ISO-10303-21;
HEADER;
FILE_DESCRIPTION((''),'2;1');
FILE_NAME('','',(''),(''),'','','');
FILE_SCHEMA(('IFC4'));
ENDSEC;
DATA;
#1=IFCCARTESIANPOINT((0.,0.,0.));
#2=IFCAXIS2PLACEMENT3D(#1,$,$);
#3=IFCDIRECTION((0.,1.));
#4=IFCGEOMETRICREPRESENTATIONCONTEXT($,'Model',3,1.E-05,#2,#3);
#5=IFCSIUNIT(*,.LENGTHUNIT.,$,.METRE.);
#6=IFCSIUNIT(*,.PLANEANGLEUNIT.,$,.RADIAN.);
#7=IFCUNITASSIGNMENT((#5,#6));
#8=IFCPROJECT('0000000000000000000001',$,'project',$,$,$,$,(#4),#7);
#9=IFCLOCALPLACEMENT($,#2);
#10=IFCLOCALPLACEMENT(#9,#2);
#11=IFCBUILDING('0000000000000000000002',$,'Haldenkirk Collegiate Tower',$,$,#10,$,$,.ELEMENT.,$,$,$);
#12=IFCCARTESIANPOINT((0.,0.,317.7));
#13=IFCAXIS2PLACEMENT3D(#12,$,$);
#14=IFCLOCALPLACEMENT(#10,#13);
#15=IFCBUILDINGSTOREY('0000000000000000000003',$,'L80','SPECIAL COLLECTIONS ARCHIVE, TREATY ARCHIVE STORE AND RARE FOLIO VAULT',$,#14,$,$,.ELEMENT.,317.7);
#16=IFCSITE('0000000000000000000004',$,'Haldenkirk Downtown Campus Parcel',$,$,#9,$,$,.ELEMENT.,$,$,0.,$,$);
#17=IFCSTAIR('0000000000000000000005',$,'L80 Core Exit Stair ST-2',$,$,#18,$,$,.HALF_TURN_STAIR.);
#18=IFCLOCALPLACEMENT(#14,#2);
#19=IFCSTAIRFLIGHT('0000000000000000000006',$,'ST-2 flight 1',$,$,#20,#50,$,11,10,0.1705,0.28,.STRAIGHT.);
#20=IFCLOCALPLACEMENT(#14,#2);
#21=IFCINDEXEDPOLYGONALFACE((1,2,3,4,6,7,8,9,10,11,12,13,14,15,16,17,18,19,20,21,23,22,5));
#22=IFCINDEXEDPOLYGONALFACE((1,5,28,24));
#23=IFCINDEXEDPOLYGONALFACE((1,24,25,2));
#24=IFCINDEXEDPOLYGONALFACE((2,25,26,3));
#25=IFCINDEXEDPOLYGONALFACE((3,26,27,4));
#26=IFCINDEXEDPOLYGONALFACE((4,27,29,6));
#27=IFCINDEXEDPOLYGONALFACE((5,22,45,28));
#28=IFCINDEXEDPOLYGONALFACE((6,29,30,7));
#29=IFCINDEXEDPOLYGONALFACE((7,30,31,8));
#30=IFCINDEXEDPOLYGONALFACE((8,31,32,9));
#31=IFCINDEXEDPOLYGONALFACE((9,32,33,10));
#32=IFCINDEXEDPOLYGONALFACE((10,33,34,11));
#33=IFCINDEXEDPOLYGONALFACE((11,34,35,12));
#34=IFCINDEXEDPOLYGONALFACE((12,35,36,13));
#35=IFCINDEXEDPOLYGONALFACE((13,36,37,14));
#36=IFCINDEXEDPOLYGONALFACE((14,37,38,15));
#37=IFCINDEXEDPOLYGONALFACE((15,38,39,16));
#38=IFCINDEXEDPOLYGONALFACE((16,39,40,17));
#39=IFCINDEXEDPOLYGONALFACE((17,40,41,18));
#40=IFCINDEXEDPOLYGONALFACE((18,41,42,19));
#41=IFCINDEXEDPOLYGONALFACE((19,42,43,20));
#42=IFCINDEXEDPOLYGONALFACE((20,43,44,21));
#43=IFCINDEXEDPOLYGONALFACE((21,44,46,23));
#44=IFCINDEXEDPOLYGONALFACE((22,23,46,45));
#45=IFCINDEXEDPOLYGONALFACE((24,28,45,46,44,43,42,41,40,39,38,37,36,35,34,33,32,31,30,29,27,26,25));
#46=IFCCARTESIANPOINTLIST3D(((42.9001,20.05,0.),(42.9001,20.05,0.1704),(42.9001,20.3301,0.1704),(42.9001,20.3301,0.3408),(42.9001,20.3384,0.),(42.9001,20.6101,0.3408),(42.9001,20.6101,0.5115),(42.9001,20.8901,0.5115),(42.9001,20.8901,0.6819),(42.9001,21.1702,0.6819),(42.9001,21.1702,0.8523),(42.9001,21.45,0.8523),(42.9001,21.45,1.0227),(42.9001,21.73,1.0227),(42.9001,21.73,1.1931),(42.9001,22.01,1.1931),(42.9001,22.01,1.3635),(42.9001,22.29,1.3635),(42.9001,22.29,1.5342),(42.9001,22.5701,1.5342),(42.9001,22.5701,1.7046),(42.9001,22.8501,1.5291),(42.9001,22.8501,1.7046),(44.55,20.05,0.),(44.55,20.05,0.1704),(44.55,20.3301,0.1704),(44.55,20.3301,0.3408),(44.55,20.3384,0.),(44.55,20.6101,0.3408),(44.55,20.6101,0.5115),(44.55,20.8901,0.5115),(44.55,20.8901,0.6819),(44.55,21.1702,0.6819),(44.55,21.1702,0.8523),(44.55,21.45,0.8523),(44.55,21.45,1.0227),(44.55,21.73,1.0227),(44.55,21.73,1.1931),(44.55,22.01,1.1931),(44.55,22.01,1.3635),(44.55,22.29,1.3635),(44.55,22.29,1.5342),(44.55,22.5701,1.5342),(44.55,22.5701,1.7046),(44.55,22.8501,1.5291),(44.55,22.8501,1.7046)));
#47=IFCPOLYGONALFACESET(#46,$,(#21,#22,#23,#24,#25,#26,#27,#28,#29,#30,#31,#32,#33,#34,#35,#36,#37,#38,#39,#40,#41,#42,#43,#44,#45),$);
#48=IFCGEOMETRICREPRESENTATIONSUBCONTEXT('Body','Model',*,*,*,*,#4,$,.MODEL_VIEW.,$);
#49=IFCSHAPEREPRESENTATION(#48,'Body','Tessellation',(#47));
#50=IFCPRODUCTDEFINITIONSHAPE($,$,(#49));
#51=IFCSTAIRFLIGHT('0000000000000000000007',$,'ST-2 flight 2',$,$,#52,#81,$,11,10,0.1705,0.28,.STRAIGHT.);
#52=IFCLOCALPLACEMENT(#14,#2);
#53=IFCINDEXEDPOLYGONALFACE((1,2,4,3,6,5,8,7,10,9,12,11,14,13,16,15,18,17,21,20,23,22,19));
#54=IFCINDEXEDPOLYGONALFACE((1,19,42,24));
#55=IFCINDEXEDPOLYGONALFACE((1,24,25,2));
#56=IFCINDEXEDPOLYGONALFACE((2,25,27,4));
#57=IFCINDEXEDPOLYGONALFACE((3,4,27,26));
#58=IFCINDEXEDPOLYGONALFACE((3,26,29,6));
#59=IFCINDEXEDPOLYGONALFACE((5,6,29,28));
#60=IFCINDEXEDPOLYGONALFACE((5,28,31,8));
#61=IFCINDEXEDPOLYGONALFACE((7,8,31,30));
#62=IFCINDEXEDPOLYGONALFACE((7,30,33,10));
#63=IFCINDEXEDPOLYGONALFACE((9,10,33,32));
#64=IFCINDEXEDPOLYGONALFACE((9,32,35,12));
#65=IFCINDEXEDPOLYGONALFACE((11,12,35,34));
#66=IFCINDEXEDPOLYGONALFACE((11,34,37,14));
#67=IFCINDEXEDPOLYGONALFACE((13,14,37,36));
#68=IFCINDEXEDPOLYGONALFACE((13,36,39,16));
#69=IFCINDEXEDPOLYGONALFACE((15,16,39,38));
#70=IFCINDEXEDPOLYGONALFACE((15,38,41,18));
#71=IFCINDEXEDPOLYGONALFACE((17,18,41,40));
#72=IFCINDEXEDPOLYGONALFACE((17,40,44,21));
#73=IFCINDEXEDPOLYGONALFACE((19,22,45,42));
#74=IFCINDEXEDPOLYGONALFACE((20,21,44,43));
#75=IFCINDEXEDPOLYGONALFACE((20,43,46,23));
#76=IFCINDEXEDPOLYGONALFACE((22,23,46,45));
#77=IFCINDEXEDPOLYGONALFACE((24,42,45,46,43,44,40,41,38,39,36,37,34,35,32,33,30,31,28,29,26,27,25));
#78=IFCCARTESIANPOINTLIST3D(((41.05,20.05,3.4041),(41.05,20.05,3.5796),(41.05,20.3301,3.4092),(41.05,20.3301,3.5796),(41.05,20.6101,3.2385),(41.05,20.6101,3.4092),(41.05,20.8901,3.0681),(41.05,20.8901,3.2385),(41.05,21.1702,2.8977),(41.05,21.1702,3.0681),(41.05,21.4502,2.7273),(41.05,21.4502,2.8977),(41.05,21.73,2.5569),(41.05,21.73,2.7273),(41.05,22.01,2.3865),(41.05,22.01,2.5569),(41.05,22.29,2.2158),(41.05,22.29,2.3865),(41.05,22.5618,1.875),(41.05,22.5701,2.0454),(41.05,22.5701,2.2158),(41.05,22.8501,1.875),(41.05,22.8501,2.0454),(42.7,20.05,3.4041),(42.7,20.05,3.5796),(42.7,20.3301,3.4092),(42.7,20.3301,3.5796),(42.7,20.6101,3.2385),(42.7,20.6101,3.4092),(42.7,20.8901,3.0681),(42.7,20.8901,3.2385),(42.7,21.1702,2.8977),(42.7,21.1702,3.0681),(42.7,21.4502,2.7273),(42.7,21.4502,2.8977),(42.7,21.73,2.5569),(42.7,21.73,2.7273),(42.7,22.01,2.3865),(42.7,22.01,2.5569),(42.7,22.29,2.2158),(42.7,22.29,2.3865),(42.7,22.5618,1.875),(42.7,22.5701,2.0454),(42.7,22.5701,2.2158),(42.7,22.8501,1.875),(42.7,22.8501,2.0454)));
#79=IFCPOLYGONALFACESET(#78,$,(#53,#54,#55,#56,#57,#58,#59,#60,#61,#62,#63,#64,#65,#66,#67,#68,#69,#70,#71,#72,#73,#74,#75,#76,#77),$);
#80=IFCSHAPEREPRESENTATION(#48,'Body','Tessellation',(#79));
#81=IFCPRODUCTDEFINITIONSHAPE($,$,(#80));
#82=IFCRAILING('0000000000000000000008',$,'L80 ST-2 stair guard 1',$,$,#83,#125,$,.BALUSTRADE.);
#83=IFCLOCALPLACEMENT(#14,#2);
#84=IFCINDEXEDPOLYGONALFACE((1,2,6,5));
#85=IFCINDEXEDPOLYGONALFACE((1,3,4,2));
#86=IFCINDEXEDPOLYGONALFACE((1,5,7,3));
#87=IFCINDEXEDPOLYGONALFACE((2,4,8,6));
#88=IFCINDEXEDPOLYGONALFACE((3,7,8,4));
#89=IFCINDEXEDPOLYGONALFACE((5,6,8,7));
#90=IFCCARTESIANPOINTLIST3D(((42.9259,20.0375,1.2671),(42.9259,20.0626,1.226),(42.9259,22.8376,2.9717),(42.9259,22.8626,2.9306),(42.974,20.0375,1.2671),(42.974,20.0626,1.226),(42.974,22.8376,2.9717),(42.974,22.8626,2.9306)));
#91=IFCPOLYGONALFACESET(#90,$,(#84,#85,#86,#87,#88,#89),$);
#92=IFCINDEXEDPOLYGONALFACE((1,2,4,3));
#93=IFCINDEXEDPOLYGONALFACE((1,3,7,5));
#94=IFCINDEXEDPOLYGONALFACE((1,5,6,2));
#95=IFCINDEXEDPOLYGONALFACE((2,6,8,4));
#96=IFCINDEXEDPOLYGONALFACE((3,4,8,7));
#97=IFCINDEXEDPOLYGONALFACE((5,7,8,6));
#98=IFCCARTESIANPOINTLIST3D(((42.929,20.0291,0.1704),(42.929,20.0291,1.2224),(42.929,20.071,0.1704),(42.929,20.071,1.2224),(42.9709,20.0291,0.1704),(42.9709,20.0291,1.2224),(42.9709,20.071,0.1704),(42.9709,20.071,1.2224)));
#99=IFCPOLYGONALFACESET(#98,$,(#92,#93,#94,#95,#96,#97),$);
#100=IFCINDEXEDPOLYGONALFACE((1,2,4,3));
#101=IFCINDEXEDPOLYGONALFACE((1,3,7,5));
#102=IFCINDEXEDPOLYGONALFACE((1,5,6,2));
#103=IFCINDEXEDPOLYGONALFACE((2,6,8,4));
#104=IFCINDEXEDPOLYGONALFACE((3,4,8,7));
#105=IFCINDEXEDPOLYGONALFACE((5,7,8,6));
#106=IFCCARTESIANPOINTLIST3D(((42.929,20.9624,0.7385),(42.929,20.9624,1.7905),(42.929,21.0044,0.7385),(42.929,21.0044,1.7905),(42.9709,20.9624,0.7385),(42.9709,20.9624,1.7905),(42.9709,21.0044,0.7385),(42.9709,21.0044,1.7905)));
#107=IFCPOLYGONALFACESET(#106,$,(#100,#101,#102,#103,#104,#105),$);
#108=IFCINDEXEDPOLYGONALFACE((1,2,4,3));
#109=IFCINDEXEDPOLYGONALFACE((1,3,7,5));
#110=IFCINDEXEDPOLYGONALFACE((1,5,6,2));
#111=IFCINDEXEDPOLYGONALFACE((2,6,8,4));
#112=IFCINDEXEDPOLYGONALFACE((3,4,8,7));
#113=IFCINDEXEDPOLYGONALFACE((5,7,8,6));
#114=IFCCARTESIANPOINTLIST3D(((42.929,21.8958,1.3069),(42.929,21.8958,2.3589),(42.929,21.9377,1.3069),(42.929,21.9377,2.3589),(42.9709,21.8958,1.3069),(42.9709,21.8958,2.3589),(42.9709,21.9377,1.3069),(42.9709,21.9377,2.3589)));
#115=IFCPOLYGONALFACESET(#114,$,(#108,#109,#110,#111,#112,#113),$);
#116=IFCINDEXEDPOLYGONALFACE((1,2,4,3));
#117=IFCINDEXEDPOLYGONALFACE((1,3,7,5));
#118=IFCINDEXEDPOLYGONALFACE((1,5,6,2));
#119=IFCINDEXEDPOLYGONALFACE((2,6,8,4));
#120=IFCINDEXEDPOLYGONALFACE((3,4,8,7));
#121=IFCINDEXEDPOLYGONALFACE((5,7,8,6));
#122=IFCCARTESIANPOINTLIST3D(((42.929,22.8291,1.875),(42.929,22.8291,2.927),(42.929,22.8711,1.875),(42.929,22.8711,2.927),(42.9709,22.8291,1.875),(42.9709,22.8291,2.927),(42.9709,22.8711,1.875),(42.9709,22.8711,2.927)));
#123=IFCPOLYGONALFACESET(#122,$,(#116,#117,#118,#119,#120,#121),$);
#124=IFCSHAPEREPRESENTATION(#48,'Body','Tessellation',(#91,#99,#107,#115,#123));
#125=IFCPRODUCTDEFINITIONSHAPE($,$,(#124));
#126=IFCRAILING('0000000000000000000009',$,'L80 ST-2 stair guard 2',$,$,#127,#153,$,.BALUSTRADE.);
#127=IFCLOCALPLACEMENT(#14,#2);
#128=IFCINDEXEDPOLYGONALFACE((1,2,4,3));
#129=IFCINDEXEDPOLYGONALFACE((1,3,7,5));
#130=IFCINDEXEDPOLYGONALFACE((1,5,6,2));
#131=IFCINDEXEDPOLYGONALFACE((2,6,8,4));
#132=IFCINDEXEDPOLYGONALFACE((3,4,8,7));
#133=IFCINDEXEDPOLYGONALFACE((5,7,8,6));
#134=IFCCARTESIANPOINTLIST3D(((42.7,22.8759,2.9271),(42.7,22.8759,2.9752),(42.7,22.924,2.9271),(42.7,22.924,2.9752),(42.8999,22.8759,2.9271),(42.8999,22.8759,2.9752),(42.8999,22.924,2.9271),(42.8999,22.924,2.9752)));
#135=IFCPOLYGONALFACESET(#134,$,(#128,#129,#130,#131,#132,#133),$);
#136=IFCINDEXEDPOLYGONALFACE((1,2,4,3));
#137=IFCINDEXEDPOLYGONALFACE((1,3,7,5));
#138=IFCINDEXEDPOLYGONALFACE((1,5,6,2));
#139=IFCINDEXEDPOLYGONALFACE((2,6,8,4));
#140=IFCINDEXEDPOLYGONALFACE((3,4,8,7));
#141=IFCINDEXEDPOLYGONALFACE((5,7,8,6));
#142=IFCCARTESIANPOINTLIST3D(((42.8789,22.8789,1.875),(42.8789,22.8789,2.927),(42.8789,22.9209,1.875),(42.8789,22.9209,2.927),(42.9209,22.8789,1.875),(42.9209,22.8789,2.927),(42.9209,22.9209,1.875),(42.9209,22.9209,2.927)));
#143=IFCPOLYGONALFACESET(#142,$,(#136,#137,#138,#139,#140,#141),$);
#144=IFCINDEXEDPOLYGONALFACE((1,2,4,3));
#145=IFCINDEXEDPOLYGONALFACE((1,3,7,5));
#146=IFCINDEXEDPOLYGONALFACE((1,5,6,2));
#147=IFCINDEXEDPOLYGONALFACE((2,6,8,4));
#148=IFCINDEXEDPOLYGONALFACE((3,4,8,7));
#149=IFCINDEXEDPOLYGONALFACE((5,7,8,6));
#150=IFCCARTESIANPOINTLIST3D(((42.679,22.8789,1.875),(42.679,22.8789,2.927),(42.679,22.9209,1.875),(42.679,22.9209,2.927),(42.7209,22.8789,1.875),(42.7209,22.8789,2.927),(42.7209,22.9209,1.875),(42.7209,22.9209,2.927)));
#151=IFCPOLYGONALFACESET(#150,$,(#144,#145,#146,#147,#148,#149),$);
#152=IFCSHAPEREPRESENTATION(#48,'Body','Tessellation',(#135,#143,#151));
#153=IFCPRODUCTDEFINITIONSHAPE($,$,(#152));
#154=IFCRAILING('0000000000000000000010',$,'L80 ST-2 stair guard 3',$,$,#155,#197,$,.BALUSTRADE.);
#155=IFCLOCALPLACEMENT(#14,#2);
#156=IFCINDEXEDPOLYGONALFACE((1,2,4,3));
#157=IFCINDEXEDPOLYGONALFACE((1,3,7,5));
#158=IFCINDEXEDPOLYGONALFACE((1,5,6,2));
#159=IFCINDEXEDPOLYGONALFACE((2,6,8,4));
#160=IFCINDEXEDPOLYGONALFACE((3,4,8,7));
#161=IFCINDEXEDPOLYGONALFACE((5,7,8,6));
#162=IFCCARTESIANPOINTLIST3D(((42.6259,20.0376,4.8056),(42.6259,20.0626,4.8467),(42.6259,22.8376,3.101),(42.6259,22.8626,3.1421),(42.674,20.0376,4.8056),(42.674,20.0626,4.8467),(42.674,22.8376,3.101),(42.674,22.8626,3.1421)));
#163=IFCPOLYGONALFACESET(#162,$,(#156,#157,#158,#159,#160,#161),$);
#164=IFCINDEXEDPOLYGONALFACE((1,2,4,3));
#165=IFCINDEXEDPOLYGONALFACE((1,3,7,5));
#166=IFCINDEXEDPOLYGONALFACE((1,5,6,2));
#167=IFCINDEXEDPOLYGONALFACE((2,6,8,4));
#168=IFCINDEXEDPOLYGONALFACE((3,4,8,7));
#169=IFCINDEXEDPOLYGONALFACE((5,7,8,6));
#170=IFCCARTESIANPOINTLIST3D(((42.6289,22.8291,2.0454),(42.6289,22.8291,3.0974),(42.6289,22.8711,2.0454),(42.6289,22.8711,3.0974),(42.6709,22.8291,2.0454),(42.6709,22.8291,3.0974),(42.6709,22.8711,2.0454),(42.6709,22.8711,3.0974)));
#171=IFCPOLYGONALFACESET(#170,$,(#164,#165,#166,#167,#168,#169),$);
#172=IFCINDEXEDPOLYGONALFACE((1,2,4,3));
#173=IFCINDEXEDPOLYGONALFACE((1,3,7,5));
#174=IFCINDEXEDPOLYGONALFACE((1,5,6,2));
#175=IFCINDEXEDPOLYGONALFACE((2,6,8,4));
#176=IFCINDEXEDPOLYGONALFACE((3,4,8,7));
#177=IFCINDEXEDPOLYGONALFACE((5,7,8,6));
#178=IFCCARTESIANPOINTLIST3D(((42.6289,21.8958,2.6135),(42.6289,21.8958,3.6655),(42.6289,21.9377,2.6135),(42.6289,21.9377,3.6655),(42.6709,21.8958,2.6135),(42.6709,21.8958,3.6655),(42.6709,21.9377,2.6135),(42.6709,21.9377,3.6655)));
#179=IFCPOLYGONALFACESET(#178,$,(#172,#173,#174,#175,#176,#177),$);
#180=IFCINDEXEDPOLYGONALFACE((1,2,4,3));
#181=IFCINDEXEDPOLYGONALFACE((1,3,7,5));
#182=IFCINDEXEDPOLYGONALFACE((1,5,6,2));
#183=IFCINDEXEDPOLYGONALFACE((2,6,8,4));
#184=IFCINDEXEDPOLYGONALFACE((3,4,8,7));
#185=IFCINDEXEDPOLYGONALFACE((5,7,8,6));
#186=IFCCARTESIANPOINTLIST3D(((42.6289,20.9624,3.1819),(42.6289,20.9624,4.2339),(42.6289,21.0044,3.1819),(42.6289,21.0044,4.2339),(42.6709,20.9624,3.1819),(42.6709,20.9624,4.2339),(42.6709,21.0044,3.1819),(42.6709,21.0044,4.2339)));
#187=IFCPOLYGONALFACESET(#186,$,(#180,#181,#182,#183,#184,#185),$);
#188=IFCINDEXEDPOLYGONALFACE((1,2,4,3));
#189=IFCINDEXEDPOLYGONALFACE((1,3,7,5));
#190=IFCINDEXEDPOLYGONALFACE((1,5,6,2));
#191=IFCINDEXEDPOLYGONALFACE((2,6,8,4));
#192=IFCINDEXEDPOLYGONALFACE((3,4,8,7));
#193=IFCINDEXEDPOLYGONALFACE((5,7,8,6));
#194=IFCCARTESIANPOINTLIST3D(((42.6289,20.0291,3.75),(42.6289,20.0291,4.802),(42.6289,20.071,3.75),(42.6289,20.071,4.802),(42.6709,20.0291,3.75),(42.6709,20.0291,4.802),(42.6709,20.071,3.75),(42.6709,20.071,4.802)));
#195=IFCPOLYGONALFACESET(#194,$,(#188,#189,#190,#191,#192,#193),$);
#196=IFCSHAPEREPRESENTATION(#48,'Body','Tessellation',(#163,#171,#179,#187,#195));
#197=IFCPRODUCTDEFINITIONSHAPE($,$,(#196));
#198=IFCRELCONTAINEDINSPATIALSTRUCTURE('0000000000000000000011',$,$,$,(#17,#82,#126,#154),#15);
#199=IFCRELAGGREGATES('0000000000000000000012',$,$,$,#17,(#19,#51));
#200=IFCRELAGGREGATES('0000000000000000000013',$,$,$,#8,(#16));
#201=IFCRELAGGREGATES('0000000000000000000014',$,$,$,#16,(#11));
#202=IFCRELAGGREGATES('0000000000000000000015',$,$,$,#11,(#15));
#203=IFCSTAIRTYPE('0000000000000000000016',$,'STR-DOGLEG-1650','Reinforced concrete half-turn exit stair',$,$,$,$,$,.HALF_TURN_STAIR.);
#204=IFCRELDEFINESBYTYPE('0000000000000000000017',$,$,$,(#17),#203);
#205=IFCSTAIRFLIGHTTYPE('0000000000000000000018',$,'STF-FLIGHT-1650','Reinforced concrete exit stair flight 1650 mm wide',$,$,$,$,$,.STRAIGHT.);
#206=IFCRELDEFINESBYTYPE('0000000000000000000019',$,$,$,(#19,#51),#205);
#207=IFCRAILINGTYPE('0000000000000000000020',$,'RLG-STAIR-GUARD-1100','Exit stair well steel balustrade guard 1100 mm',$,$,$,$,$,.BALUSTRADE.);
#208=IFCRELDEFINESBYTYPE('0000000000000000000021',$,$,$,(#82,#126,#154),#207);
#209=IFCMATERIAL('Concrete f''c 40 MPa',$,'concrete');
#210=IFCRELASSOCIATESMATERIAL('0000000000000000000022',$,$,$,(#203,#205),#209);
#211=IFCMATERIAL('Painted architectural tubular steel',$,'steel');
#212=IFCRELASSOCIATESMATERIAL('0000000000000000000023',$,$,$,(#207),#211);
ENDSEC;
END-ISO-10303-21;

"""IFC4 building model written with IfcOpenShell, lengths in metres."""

from ifc_helpers import new_model, si_unit, direction, frame, origin, origin_2d, place, context, subcontext, project, spatial, polyline, rectangle, outline, extrude, material, type_object, element, aggregate, save


model = new_model("IFC4")

# Units and contexts
model_context = context("Model", 3, precision=1e-05, world=origin(), true_north=direction((0.0, 1.0)))
body_context = subcontext(model_context, "Body", "Model", "MODEL_VIEW")
ifc_project = project(units=[si_unit("LENGTHUNIT", "METRE"), si_unit("PLANEANGLEUNIT", "RADIAN")], contexts=[model_context])

# Site, building, storey
site_placement = place(None, origin())
site = spatial("IfcSite", under=ifc_project, at=site_placement, Name="Haldenkirk Downtown Campus Parcel", CompositionType="ELEMENT", RefElevation=0.0)
building_placement = place(site_placement, origin())
building = spatial("IfcBuilding", under=site, at=building_placement, Name="Haldenkirk Collegiate Tower", CompositionType="ELEMENT")
storey_placement = place(building_placement, frame((0.0, 0.0, 317.7)))
storey = spatial("IfcBuildingStorey", under=building, at=storey_placement, Name="L80", Description="SPECIAL COLLECTIONS ARCHIVE, TREATY ARCHIVE STORE AND RARE FOLIO VAULT", CompositionType="ELEMENT", Elevation=317.7)

# Stair, stair flights
ifc_material_1 = material(Name="Concrete f'c 40 MPa", Category="concrete")
stair_type = type_object("IfcStairType", Name="STR-DOGLEG-1650", Description="Reinforced concrete half-turn exit stair", PredefinedType="HALF_TURN_STAIR", material=ifc_material_1)
stair_placement = place(storey_placement, origin())
stair = element("IfcStair", 1, at=stair_placement, inside=storey, type_object=stair_type, Name="L80 Core Exit Stair ST-2", PredefinedType="HALF_TURN_STAIR")
stair_flight_type = type_object("IfcStairFlightType", Name="STF-FLIGHT-1650", Description="Reinforced concrete exit stair flight 1650 mm wide", PredefinedType="STRAIGHT", material=ifc_material_1)
stair_flight_1_placement = place(storey_placement, frame((43.7251, 20.05, 0.0), z_axis=(0.0, 0.0, 1.0), x_axis=(0.0, 1.0, 0.0)))
stair_flight_1 = element("IfcStairFlight", 2, at=stair_flight_1_placement, type_object=stair_flight_type, Name="ST-2 flight 1", NumberOfRisers=11, NumberOfTreads=10, PredefinedType="STRAIGHT", RiserHeight=0.1705, TreadLength=0.28, context=body_context, shape_type="SweptSolid", body=[
    extrude(outline(polyline([(0.0, 0.0), (0.0, 0.1704), (0.28, 0.1704), (0.28, 0.3408), (0.5601, 0.3408), (0.5601, 0.5115), (0.8401, 0.5115), (0.8401, 0.6819), (1.1201, 0.6819), (1.1201, 0.8523), (1.3999, 0.8523), (1.3999, 1.0227), (1.6799, 1.0227), (1.6799, 1.1931), (1.96, 1.1931), (1.96, 1.3635), (2.24, 1.3635), (2.24, 1.5342), (2.52, 1.5342), (2.52, 1.7046), (2.8, 1.7046), (2.8, 1.875), (2.8, 1.5291), (0.2883, 0.0), (0.0, 0.0)])), frame((0.0, 0.825, 0.0), z_axis=(0.0, -1.0, 0.0), x_axis=(1.0, 0.0, 0.0)), (0.0, 0.0, 1.0), 1.6499),
])
stair_flight_2_placement = place(storey_placement, frame((41.875, 22.8501, 1.875), z_axis=(0.0, 0.0, 1.0), x_axis=(0.0, -1.0, 0.0)))
stair_flight_2 = element("IfcStairFlight", 3, at=stair_flight_2_placement, type_object=stair_flight_type, Name="ST-2 flight 2", NumberOfRisers=11, NumberOfTreads=10, PredefinedType="STRAIGHT", RiserHeight=0.1705, TreadLength=0.28, context=body_context, shape_type="SweptSolid", body=[
    extrude(outline(polyline([(0.0, 0.0), (0.0, 0.1704), (0.28, 0.1704), (0.28, 0.3408), (0.5601, 0.3408), (0.5601, 0.5115), (0.8401, 0.5115), (0.8401, 0.6819), (1.1201, 0.6819), (1.1201, 0.8523), (1.3999, 0.8523), (1.3999, 1.0227), (1.6799, 1.0227), (1.6799, 1.1931), (1.96, 1.1931), (1.96, 1.3635), (2.24, 1.3635), (2.24, 1.5342), (2.52, 1.5342), (2.52, 1.7046), (2.8, 1.7046), (2.8, 1.875), (2.8, 1.5291), (0.2883, 0.0), (0.0, 0.0)])), frame((0.0, 0.825, 0.0), z_axis=(0.0, -1.0, 0.0), x_axis=(1.0, 0.0, 0.0)), (0.0, 0.0, 1.0), 1.6499),
])
aggregate(stair, [stair_flight_1, stair_flight_2])

# Railings
ifc_material_2 = material(Name="Painted architectural tubular steel", Category="steel")
railing_type_1 = type_object("IfcRailingType", Name="RLG-STAIR-GUARD-1100", Description="Exit stair well steel balustrade guard 1100 mm", PredefinedType="BALUSTRADE", material=ifc_material_2)
railing_1_placement = place(storey_placement, frame((42.95, 20.05, 0.1704)))
element("IfcRailing", 4, at=railing_1_placement, inside=storey, type_object=railing_type_1, Name="L80 ST-2 stair guard 1", PredefinedType="BALUSTRADE", context=body_context, shape_type="SweptSolid", body=[
    extrude(rectangle(XDim=0.0481, YDim=0.0481, at=origin_2d()), frame((0.0, 0.0, 1.0762), z_axis=(0.0, 0.85417, 0.519994), x_axis=(-1.0, 0.0, 0.0)), (0.0, 0.0, 1.0), 3.2781),
    extrude(rectangle(XDim=0.042, YDim=0.042, at=origin_2d()), origin(), (0.0, 0.0, 1.0), 1.052),
    extrude(rectangle(XDim=0.042, YDim=0.042, at=origin_2d()), frame((0.0, 0.9333, 0.5681)), (0.0, 0.0, 1.0), 1.052),
    extrude(rectangle(XDim=0.042, YDim=0.042, at=origin_2d()), frame((0.0, 1.8667, 1.1365)), (0.0, 0.0, 1.0), 1.052),
    extrude(rectangle(XDim=0.042, YDim=0.042, at=origin_2d()), frame((0.0, 2.8, 1.7046)), (0.0, 0.0, 1.0), 1.052),
])
railing_2_placement = place(storey_placement, frame((42.8999, 22.8999, 1.875)))
element("IfcRailing", 5, at=railing_2_placement, inside=storey, type_object=railing_type_1, Name="L80 ST-2 stair guard 2", PredefinedType="BALUSTRADE", context=body_context, shape_type="SweptSolid", body=[
    extrude(rectangle(XDim=0.0481, YDim=0.0481, at=origin_2d()), frame((0.0, 0.0, 1.0762), z_axis=(-1.0, 0.0, 0.0), x_axis=(0.0, -1.0, 0.0)), (0.0, 0.0, 1.0), 0.2),
    extrude(rectangle(XDim=0.042, YDim=0.042, at=origin_2d()), origin(), (0.0, 0.0, 1.0), 1.052),
    extrude(rectangle(XDim=0.042, YDim=0.042, at=origin_2d()), frame((-0.2, 0.0, 0.0)), (0.0, 0.0, 1.0), 1.052),
])
railing_3_placement = place(storey_placement, frame((42.6499, 22.8501, 2.0454)))
element("IfcRailing", 6, at=railing_3_placement, inside=storey, type_object=railing_type_1, Name="L80 ST-2 stair guard 3", PredefinedType="BALUSTRADE", context=body_context, shape_type="SweptSolid", body=[
    extrude(rectangle(XDim=0.0481, YDim=0.0481, at=origin_2d()), frame((0.0, 0.0, 1.0762), z_axis=(0.0, -0.85417, 0.519994), x_axis=(1.0, 0.0, 0.0)), (0.0, 0.0, 1.0), 3.2781),
    extrude(rectangle(XDim=0.042, YDim=0.042, at=origin_2d()), origin(), (0.0, 0.0, 1.0), 1.052),
    extrude(rectangle(XDim=0.042, YDim=0.042, at=origin_2d()), frame((0.0, -0.9333, 0.5681)), (0.0, 0.0, 1.0), 1.052),
    extrude(rectangle(XDim=0.042, YDim=0.042, at=origin_2d()), frame((0.0, -1.8667, 1.1365)), (0.0, 0.0, 1.0), 1.052),
    extrude(rectangle(XDim=0.042, YDim=0.042, at=origin_2d()), frame((0.0, -2.8, 1.7046)), (0.0, 0.0, 1.0), 1.052),
])

save(model, "model.ifc")
